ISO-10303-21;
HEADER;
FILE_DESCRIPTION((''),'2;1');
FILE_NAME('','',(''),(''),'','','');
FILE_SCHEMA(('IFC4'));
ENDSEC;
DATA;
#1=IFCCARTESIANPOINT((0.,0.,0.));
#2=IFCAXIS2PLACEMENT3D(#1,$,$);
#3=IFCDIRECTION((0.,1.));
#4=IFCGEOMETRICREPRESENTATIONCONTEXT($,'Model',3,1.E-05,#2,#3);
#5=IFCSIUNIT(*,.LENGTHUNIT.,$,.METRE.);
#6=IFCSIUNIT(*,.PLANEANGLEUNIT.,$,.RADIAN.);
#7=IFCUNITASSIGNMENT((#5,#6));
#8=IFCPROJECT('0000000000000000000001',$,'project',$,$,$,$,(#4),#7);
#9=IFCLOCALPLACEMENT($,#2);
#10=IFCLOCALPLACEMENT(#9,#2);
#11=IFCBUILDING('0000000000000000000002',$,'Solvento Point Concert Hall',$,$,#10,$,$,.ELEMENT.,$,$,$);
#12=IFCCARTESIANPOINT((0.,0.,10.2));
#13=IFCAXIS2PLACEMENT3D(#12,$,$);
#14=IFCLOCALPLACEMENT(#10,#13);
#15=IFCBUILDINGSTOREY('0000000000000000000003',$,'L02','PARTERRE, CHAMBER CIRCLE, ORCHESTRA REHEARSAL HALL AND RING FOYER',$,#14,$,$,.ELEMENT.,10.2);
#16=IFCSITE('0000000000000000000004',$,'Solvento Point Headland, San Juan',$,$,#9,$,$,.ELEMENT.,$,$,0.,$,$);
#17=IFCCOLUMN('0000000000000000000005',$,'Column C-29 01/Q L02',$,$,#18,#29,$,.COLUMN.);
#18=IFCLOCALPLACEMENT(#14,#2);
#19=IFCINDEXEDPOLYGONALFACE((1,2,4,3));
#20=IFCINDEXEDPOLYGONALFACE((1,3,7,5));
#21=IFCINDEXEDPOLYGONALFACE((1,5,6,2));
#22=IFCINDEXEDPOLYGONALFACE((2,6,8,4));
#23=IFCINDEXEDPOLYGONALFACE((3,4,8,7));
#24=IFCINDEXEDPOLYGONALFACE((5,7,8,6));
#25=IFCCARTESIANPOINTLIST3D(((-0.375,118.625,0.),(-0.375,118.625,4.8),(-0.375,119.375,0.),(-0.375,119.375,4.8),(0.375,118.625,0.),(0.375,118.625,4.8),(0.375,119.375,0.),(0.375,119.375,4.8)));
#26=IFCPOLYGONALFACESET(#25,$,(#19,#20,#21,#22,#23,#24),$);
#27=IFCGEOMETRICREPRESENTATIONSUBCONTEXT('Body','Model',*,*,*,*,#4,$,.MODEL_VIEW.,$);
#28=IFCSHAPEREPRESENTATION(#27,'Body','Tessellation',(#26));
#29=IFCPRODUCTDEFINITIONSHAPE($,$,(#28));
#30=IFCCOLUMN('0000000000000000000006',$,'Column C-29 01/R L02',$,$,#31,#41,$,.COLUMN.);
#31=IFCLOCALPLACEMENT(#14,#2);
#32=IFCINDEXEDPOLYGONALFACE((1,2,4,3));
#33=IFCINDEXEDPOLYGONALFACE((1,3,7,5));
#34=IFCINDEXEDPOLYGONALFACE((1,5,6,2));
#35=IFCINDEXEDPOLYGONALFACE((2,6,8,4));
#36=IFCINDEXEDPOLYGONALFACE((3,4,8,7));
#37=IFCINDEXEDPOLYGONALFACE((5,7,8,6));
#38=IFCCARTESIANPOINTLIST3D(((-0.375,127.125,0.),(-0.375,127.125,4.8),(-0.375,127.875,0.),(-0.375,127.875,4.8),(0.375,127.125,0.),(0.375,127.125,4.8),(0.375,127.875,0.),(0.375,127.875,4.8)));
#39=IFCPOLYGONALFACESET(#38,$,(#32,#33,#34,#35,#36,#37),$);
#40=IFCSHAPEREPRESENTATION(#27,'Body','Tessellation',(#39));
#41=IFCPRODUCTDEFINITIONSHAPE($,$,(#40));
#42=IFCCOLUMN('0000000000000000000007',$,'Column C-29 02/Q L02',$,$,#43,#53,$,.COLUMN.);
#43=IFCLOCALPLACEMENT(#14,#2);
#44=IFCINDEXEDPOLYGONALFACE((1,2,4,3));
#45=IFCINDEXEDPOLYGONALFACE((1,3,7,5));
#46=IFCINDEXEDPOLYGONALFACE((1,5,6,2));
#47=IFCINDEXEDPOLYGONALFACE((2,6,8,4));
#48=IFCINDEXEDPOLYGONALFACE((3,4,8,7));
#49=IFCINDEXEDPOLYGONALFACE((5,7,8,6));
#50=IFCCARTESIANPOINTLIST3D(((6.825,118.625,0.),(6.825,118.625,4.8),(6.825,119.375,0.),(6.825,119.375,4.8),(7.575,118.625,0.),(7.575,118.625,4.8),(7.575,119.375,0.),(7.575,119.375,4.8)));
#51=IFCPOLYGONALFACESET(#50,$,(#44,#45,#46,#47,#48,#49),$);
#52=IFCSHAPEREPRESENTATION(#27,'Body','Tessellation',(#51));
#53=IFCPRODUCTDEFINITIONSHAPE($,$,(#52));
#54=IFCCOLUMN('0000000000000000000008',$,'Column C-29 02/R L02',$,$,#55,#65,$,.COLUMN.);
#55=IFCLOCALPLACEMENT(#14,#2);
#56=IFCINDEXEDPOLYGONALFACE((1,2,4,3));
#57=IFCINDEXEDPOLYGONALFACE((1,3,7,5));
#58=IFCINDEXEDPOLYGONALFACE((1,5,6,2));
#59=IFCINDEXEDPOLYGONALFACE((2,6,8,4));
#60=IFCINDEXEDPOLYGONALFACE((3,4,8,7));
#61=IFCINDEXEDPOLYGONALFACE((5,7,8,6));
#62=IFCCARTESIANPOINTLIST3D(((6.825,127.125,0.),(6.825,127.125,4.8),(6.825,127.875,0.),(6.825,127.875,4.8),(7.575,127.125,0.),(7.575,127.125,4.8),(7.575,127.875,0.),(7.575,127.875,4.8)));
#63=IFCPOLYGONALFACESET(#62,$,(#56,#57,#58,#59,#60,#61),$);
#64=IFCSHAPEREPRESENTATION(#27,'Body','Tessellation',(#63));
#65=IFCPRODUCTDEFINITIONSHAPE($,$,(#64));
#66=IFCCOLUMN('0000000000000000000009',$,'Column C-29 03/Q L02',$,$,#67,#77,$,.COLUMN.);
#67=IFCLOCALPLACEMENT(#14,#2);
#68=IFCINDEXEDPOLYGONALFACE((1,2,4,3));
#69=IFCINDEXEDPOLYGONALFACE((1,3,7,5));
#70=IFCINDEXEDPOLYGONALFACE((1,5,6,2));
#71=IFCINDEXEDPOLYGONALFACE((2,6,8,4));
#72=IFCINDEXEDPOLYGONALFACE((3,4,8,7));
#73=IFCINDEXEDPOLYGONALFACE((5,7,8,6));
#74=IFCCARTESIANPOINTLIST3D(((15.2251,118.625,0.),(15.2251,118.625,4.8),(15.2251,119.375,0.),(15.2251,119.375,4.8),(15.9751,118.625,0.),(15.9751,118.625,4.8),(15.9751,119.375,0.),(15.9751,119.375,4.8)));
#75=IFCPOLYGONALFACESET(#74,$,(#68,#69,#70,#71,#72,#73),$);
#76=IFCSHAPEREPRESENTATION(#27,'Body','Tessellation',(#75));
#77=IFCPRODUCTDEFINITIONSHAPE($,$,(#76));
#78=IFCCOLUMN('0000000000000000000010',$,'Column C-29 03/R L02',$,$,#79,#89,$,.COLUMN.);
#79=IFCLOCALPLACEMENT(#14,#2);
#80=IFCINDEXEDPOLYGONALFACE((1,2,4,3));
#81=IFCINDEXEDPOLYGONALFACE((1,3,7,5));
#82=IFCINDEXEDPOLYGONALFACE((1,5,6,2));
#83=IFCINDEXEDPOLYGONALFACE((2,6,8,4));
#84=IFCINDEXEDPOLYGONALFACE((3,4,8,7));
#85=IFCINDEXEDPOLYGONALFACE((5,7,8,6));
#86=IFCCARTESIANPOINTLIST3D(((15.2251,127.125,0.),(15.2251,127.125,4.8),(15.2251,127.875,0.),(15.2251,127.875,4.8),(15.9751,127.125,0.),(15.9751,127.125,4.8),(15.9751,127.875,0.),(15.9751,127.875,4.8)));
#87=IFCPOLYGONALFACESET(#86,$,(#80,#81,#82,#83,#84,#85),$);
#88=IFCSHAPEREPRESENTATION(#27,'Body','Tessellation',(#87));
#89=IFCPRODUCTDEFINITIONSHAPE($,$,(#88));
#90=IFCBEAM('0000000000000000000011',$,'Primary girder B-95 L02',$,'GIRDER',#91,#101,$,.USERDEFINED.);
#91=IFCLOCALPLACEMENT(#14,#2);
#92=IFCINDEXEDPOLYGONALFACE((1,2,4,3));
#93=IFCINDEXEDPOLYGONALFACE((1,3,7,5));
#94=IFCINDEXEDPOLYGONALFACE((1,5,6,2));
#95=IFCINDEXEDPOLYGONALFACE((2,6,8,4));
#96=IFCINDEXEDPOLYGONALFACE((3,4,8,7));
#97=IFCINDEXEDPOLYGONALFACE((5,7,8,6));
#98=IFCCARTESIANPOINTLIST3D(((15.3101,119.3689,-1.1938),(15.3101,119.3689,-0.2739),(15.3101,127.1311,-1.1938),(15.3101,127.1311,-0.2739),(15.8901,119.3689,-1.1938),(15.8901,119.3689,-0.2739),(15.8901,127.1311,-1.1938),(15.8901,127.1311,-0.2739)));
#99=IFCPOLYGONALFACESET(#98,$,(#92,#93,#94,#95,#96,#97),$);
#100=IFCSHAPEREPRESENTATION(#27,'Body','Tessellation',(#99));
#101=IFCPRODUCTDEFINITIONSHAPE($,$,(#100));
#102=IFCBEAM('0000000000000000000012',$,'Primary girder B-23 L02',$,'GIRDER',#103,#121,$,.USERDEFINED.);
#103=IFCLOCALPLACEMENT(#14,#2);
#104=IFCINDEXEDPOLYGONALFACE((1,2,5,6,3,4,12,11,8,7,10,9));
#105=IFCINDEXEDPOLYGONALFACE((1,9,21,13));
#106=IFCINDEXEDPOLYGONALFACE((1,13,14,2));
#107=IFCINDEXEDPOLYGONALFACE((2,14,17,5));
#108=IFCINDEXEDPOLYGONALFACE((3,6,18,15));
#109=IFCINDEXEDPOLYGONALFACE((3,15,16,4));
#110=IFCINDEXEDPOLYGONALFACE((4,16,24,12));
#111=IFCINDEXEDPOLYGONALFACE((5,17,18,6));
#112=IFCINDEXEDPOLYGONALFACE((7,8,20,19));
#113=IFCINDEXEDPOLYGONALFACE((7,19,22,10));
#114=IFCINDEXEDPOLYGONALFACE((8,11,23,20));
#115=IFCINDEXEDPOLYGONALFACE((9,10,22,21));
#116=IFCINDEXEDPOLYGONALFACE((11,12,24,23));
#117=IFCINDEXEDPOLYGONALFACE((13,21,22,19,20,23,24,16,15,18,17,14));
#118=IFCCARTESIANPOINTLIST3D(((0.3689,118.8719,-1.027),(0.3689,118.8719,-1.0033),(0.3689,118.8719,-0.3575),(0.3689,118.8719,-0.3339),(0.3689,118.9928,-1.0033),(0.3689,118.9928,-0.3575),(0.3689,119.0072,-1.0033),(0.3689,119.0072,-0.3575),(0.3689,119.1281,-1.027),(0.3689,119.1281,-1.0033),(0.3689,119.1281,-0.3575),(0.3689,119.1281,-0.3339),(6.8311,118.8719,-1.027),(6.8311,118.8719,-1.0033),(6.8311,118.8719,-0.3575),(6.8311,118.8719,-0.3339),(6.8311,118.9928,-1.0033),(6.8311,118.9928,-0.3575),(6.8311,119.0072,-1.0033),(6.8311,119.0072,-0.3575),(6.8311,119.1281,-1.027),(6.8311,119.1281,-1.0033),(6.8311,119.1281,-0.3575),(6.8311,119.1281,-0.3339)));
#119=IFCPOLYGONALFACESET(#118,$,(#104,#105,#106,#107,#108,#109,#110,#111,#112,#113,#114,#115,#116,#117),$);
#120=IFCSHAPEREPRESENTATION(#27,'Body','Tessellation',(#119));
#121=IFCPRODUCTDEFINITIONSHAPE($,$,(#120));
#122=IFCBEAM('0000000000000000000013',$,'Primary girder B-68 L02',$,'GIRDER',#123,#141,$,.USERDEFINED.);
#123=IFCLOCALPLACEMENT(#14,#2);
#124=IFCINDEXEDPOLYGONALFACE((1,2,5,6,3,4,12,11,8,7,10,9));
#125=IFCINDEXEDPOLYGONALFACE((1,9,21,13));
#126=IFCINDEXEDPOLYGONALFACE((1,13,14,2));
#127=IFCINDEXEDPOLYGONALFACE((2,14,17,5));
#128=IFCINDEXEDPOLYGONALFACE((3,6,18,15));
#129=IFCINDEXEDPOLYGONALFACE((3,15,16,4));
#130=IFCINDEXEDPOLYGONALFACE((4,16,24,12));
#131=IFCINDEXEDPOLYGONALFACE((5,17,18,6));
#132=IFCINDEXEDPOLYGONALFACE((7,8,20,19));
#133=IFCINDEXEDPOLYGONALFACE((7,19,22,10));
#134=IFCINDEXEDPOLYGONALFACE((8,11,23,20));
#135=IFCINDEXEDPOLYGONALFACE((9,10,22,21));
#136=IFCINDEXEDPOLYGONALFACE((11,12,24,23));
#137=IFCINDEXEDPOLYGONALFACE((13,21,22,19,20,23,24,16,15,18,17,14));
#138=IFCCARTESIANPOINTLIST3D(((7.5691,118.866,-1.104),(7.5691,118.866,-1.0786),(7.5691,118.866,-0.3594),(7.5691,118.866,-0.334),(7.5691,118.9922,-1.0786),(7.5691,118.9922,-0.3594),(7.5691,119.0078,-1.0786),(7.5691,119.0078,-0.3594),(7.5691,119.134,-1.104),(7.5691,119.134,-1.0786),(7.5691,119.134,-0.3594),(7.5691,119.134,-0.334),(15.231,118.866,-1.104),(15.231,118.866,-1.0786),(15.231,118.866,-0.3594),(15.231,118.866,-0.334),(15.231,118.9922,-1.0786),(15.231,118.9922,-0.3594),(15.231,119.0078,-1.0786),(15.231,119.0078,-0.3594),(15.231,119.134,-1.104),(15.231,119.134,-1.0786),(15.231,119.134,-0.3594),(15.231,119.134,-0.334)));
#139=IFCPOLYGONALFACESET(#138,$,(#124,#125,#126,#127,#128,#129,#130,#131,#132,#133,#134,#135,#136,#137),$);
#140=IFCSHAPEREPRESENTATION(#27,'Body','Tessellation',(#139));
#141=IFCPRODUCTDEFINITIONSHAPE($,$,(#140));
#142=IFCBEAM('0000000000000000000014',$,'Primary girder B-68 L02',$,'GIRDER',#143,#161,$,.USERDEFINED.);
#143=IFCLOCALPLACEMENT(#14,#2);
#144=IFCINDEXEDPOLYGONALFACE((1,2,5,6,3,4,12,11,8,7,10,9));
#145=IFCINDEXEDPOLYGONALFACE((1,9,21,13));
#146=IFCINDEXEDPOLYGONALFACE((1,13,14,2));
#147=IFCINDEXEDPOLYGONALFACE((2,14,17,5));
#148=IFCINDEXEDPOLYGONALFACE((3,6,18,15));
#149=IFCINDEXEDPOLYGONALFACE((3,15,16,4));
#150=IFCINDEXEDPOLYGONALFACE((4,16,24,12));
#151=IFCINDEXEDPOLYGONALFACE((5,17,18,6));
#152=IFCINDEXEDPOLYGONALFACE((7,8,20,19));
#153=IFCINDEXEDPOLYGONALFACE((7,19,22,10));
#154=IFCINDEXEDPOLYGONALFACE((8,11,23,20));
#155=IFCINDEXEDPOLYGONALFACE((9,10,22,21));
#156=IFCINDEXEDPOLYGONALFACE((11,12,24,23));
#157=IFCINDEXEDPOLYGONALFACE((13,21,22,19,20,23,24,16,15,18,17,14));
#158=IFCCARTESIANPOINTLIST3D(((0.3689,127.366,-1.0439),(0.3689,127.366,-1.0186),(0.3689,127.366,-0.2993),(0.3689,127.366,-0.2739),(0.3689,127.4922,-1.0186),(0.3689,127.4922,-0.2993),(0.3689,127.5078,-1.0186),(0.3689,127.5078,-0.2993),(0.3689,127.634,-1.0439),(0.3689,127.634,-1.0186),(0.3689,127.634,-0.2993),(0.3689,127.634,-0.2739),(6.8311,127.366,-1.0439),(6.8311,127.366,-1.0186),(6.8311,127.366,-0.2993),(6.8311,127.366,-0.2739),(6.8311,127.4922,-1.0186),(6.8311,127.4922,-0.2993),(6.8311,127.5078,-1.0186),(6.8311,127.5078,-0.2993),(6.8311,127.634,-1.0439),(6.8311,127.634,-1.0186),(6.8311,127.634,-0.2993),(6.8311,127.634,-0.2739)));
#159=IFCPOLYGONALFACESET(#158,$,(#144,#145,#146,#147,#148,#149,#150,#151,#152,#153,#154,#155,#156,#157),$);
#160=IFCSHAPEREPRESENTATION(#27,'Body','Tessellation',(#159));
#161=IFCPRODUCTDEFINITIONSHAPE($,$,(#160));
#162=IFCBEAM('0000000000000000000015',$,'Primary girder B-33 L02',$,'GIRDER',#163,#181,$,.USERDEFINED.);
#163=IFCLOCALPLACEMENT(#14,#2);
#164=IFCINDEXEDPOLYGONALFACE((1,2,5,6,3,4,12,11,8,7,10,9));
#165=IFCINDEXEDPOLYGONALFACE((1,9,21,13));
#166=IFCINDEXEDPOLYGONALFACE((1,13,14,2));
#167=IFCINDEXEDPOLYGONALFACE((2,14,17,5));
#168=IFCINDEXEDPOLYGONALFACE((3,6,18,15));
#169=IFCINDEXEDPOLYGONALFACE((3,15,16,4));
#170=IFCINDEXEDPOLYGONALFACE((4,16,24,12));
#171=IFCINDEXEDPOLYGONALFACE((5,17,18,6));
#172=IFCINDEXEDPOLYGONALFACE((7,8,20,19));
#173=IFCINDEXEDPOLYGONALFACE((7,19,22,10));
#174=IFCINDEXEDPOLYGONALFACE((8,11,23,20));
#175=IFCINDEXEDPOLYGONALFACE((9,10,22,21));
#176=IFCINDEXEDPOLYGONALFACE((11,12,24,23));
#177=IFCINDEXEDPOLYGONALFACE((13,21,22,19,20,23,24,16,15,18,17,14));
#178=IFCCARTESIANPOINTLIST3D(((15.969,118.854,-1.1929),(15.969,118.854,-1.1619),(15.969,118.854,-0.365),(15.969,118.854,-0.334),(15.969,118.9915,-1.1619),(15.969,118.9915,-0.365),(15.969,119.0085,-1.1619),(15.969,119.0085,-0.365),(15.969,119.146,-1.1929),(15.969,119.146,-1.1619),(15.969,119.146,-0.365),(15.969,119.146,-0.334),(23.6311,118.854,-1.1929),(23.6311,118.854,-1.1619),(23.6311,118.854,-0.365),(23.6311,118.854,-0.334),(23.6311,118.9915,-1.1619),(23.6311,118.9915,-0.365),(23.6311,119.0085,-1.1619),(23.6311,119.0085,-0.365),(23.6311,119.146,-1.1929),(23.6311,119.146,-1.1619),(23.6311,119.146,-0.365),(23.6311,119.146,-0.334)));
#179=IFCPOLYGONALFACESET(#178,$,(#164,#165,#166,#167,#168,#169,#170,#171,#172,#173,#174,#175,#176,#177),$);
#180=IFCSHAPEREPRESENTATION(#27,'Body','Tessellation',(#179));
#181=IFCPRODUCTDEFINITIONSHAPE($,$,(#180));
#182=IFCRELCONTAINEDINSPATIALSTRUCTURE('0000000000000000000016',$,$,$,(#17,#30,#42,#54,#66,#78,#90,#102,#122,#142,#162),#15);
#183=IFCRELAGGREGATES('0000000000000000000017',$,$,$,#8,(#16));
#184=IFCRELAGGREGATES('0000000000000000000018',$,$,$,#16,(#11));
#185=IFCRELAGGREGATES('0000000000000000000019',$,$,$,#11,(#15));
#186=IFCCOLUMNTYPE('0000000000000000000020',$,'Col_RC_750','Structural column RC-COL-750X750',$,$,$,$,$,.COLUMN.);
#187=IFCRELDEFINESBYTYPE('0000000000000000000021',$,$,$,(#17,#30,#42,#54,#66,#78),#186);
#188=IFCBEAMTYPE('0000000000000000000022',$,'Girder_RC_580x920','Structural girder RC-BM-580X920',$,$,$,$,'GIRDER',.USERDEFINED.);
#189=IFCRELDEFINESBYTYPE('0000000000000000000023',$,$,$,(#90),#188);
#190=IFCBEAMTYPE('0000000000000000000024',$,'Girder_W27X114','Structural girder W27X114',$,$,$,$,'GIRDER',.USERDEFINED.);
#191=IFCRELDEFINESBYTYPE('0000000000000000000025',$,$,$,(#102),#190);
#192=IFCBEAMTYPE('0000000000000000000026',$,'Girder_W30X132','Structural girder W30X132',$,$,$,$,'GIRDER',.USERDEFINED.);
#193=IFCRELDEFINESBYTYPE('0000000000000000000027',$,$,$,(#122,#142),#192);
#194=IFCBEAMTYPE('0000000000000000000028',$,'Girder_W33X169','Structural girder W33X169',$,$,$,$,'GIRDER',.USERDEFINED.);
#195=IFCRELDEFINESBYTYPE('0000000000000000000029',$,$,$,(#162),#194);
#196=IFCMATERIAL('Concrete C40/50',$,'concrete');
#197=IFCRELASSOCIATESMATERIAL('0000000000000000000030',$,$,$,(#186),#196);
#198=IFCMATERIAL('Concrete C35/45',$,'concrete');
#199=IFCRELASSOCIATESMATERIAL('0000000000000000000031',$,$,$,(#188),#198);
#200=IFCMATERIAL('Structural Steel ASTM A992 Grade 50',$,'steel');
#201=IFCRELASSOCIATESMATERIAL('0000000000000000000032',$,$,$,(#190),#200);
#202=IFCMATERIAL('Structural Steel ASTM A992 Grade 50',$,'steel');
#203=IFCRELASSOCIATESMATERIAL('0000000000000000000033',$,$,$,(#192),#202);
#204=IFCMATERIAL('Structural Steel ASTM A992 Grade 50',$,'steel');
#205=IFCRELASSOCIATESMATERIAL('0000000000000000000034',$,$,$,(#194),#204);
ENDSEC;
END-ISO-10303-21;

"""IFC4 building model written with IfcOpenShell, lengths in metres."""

from ifc_helpers import new_model, si_unit, direction, frame, origin, origin_2d, place, context, subcontext, project, spatial, rectangle, i_section, extrude, material, material_profile, profile_set, type_object, element, save


model = new_model("IFC4")

# Units and contexts
model_context = context("Model", 3, precision=1e-05, world=origin(), true_north=direction((0.0, 1.0)))
body_context = subcontext(model_context, "Body", "Model", "MODEL_VIEW")
ifc_project = project(units=[si_unit("LENGTHUNIT", "METRE"), si_unit("PLANEANGLEUNIT", "RADIAN")], contexts=[model_context])

# Site, building, storey
site_placement = place(None, origin())
site = spatial("IfcSite", under=ifc_project, at=site_placement, Name="Solvento Point Headland, San Juan", CompositionType="ELEMENT", RefElevation=0.0)
building_placement = place(site_placement, origin())
building = spatial("IfcBuilding", under=site, at=building_placement, Name="Solvento Point Concert Hall", CompositionType="ELEMENT")
storey_placement = place(building_placement, frame((0.0, 0.0, 10.2)))
storey = spatial("IfcBuildingStorey", under=building, at=storey_placement, Name="L02", Description="PARTERRE, CHAMBER CIRCLE, ORCHESTRA REHEARSAL HALL AND RING FOYER", CompositionType="ELEMENT", Elevation=10.2)

# Columns
ifc_material_1 = material(Name="Concrete C40/50", Category="concrete")
ifc_material_profile_1 = material_profile(ifc_material_1, rectangle(XDim=0.75, YDim=0.75, at=origin_2d()), Name="RC-COL-750X750")
ifc_profile_set_1 = profile_set([ifc_material_profile_1], Name="Concrete C40/50")
column_type = type_object("IfcColumnType", Name="Col_RC_750", Description="Structural column RC-COL-750X750", PredefinedType="COLUMN", material=ifc_profile_set_1)
for number, where, z_axis, x_axis, name in (
    (1, (0.0, 119.0, 0.0), (0.0, 0.0, 1.0), (1.0, 0.0, 0.0), "Column C-29 01/Q L02"),
    (2, (0.0, 127.5, 0.0), (0.0, 0.0, 1.0), (1.0, 0.0, 0.0), "Column C-29 01/R L02"),
    (3, (7.2, 119.0, 0.0), (0.0, 0.0, 1.0), (1.0, 0.0, 0.0), "Column C-29 02/Q L02"),
    (4, (7.2, 127.5, 0.0), (0.0, 0.0, 1.0), (1.0, 0.0, 0.0), "Column C-29 02/R L02"),
    (5, (15.6001, 119.0, 0.0), (0.0, 0.0, 1.0), (1.0, 0.0, 0.0), "Column C-29 03/Q L02"),
    (6, (15.6001, 127.5, 0.0), (0.0, 0.0, 1.0), (1.0, 0.0, 0.0), "Column C-29 03/R L02"),
):
    element("IfcColumn", number, at=place(storey_placement, frame(where, z_axis=z_axis, x_axis=x_axis)), inside=storey, type_object=column_type, Name=name, PredefinedType="COLUMN", context=body_context, shape_type="SweptSolid", body=[
        extrude(rectangle(XDim=0.75, YDim=0.75, at=origin_2d()), origin(), (0.0, 0.0, 1.0), 4.8),
    ])

# Beams
ifc_material_2 = material(Name="Concrete C35/45", Category="concrete")
ifc_material_profile_2 = material_profile(ifc_material_2, rectangle(XDim=0.5801, YDim=0.9199, at=origin_2d()), Name="RC-BM-580X920")
ifc_profile_set_2 = profile_set([ifc_material_profile_2], Name="Concrete C35/45")
beam_type_1 = type_object("IfcBeamType", Name="Girder_RC_580x920", Description="Structural girder RC-BM-580X920", ElementType="GIRDER", PredefinedType="USERDEFINED", material=ifc_profile_set_2)
beam_1_placement = place(storey_placement, frame((15.6001, 119.3689, -0.7339), z_axis=(0.0, 1.0, 0.0), x_axis=(-1.0, 0.0, 0.0)))
element("IfcBeam", 7, at=beam_1_placement, inside=storey, type_object=beam_type_1, Name="Primary girder B-95 L02", ObjectType="GIRDER", PredefinedType="USERDEFINED", context=body_context, shape_type="SweptSolid", body=[
    extrude(rectangle(XDim=0.5801, YDim=0.9199, at=origin_2d()), origin(), (0.0, 0.0, 1.0), 7.7622),
])
ifc_material_3 = material(Name="Structural Steel ASTM A992 Grade 50", Category="steel")
ifc_material_profile_3 = material_profile(ifc_material_3, i_section(OverallWidth=0.2561, OverallDepth=0.6931, WebThickness=0.0144, FlangeThickness=0.0237, at=origin_2d()), Name="W27X114")
ifc_profile_set_3 = profile_set([ifc_material_profile_3], Name="Structural Steel ASTM A992 Grade 50")
beam_type_2 = type_object("IfcBeamType", Name="Girder_W27X114", Description="Structural girder W27X114", ElementType="GIRDER", PredefinedType="USERDEFINED", material=ifc_profile_set_3)
beam_2_placement = place(storey_placement, frame((0.3689, 119.0, -0.6804), z_axis=(1.0, 0.0, 0.0), x_axis=(0.0, 1.0, 0.0)))
element("IfcBeam", 8, at=beam_2_placement, inside=storey, type_object=beam_type_2, Name="Primary girder B-23 L02", ObjectType="GIRDER", PredefinedType="USERDEFINED", context=body_context, shape_type="SweptSolid", body=[
    extrude(i_section(OverallWidth=0.2561, OverallDepth=0.6931, WebThickness=0.0144, FlangeThickness=0.0237, at=origin_2d()), origin(), (0.0, 0.0, 1.0), 6.4622),
])
ifc_material_4 = material(Name="Structural Steel ASTM A992 Grade 50", Category="steel")
ifc_material_profile_4 = material_profile(ifc_material_4, i_section(OverallWidth=0.2681, OverallDepth=0.77, WebThickness=0.0156, FlangeThickness=0.0254, at=origin_2d()), Name="W30X132")
ifc_profile_set_4 = profile_set([ifc_material_profile_4], Name="Structural Steel ASTM A992 Grade 50")
beam_type_3 = type_object("IfcBeamType", Name="Girder_W30X132", Description="Structural girder W30X132", ElementType="GIRDER", PredefinedType="USERDEFINED", material=ifc_profile_set_4)
beam_3_placement = place(storey_placement, frame((7.5691, 119.0, -0.719), z_axis=(1.0, 0.0, 0.0), x_axis=(0.0, 1.0, 0.0)))
element("IfcBeam", 9, at=beam_3_placement, inside=storey, type_object=beam_type_3, Name="Primary girder B-68 L02", ObjectType="GIRDER", PredefinedType="USERDEFINED", context=body_context, shape_type="SweptSolid", body=[
    extrude(i_section(OverallWidth=0.2681, OverallDepth=0.77, WebThickness=0.0156, FlangeThickness=0.0254, at=origin_2d()), origin(), (0.0, 0.0, 1.0), 7.6619),
])
beam_4_placement = place(storey_placement, frame((0.3689, 127.5, -0.6589), z_axis=(1.0, 0.0, 0.0), x_axis=(0.0, 1.0, 0.0)))
element("IfcBeam", 10, at=beam_4_placement, inside=storey, type_object=beam_type_3, Name="Primary girder B-68 L02", ObjectType="GIRDER", PredefinedType="USERDEFINED", context=body_context, shape_type="SweptSolid", body=[
    extrude(i_section(OverallWidth=0.2681, OverallDepth=0.77, WebThickness=0.0156, FlangeThickness=0.0254, at=origin_2d()), origin(), (0.0, 0.0, 1.0), 6.4622),
])
ifc_material_5 = material(Name="Structural Steel ASTM A992 Grade 50", Category="steel")
ifc_material_profile_5 = material_profile(ifc_material_5, i_section(OverallWidth=0.292, OverallDepth=0.8589, WebThickness=0.0171, FlangeThickness=0.031, at=origin_2d()), Name="W33X169")
ifc_profile_set_5 = profile_set([ifc_material_profile_5], Name="Structural Steel ASTM A992 Grade 50")
beam_type_4 = type_object("IfcBeamType", Name="Girder_W33X169", Description="Structural girder W33X169", ElementType="GIRDER", PredefinedType="USERDEFINED", material=ifc_profile_set_5)
beam_5_placement = place(storey_placement, frame((15.969, 119.0, -0.7634), z_axis=(1.0, 0.0, 0.0), x_axis=(0.0, 1.0, 0.0)))
element("IfcBeam", 11, at=beam_5_placement, inside=storey, type_object=beam_type_4, Name="Primary girder B-33 L02", ObjectType="GIRDER", PredefinedType="USERDEFINED", context=body_context, shape_type="SweptSolid", body=[
    extrude(i_section(OverallWidth=0.292, OverallDepth=0.8589, WebThickness=0.0171, FlangeThickness=0.031, at=origin_2d()), origin(), (0.0, 0.0, 1.0), 7.6621),
])

save(model, "model.ifc")
